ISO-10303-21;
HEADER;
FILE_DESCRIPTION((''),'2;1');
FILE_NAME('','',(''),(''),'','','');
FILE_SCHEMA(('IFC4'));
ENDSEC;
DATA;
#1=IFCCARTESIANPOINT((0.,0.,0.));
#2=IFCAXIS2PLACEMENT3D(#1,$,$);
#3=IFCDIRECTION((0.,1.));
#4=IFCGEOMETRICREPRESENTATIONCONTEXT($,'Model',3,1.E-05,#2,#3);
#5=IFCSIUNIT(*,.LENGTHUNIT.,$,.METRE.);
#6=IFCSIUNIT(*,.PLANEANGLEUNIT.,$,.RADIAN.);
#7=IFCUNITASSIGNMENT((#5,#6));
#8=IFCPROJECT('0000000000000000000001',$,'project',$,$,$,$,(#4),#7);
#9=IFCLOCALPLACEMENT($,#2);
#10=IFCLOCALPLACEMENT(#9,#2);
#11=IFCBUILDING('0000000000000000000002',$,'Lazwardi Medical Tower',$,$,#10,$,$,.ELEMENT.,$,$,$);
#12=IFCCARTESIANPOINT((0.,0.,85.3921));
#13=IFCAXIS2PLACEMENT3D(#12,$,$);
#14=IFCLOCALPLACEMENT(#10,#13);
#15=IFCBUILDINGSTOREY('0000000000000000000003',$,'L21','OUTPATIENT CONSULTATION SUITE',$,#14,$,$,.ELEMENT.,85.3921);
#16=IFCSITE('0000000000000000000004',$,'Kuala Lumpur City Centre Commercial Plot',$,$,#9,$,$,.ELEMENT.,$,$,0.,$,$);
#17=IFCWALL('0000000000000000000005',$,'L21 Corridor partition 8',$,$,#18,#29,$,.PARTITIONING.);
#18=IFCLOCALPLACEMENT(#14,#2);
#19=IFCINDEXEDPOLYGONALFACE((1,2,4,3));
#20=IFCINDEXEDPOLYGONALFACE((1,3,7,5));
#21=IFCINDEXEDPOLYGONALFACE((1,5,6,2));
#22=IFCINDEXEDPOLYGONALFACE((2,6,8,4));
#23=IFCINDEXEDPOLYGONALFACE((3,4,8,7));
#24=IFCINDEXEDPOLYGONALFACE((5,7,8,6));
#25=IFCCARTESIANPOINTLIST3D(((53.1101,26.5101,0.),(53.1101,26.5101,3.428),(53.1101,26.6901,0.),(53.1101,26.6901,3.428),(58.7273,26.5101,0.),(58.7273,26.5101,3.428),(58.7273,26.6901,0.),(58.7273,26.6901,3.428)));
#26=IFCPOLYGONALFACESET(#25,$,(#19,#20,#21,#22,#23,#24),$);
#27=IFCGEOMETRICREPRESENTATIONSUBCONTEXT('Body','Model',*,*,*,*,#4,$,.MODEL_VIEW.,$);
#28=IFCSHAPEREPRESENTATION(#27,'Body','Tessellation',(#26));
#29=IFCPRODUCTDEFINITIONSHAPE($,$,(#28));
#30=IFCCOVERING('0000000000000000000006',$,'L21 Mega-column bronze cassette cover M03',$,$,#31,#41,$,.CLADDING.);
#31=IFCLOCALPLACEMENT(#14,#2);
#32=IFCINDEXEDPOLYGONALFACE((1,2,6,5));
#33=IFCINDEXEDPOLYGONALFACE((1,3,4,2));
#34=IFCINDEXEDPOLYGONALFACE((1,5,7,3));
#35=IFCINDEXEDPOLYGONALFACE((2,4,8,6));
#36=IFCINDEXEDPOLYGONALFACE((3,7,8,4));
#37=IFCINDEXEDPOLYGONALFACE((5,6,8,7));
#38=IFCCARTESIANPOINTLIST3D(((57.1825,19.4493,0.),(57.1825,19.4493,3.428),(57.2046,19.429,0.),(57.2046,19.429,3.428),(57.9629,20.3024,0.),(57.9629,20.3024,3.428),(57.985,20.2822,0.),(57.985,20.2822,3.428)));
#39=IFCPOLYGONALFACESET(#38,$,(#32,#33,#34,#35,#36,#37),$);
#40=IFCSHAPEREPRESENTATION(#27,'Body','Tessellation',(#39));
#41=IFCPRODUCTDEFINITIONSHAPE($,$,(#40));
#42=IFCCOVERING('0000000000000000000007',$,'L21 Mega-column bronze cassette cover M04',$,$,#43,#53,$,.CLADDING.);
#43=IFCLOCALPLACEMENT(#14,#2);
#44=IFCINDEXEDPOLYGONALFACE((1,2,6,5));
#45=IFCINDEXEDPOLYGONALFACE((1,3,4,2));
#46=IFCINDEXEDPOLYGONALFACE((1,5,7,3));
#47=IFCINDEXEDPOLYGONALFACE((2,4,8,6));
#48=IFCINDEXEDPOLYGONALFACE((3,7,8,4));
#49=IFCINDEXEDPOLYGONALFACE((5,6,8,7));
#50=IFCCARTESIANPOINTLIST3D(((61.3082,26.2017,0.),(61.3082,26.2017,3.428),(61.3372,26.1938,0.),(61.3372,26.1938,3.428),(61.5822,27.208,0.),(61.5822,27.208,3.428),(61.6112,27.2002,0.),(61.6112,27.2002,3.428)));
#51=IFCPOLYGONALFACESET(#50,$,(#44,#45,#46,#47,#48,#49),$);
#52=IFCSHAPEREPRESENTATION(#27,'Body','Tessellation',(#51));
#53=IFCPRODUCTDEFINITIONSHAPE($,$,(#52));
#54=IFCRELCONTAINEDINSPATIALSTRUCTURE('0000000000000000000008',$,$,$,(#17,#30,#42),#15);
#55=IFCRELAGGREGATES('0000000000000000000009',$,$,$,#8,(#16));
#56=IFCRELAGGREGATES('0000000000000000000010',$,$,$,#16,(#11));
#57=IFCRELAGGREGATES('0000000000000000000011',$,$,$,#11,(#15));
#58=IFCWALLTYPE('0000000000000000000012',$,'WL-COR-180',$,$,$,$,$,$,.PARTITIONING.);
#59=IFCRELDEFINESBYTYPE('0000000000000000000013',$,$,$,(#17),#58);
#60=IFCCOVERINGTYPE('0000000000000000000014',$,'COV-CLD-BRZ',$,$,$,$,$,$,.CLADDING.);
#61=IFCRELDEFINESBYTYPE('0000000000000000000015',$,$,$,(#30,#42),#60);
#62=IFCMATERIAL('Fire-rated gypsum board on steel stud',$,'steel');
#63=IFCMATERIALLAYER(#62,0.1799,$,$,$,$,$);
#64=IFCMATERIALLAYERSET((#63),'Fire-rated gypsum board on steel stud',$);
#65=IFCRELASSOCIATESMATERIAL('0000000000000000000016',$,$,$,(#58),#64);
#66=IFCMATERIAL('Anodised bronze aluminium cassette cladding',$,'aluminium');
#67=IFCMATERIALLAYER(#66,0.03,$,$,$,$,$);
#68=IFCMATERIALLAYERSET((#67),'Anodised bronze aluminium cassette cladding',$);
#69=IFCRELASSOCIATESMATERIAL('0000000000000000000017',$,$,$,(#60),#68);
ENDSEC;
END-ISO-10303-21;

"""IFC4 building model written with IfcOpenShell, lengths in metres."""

from ifc_helpers import new_model, si_unit, direction, frame, frame_2d, origin, origin_2d, place, context, subcontext, project, spatial, rectangle, extrude, material, layer, layer_set, type_object, element, save


model = new_model("IFC4")

# Units and contexts
model_context = context("Model", 3, precision=1e-05, world=origin(), true_north=direction((0.0, 1.0)))
body_context = subcontext(model_context, "Body", "Model", "MODEL_VIEW")
ifc_project = project(units=[si_unit("LENGTHUNIT", "METRE"), si_unit("PLANEANGLEUNIT", "RADIAN")], contexts=[model_context])

# Site, building, storey
site_placement = place(None, origin())
site = spatial("IfcSite", under=ifc_project, at=site_placement, Name="Kuala Lumpur City Centre Commercial Plot", CompositionType="ELEMENT", RefElevation=0.0)
building_placement = place(site_placement, origin())
building = spatial("IfcBuilding", under=site, at=building_placement, Name="Lazwardi Medical Tower", CompositionType="ELEMENT")
storey_placement = place(building_placement, frame((0.0, 0.0, 85.3921)))
storey = spatial("IfcBuildingStorey", under=building, at=storey_placement, Name="L21", Description="OUTPATIENT CONSULTATION SUITE", CompositionType="ELEMENT", Elevation=85.3921)

# Wall
ifc_material_1 = material(Name="Fire-rated gypsum board on steel stud", Category="steel")
ifc_layer_1 = layer(ifc_material_1, 0.1799)
ifc_layer_set_1 = layer_set([ifc_layer_1], Name="Fire-rated gypsum board on steel stud")
wall_type = type_object("IfcWallType", Name="WL-COR-180", PredefinedType="PARTITIONING", material=ifc_layer_set_1)
wall_placement = place(storey_placement, frame((58.7273, 26.6001, 0.0), z_axis=(0.0, 0.0, 1.0), x_axis=(-1.0, 0.0, 0.0)))
element("IfcWall", 1, at=wall_placement, inside=storey, type_object=wall_type, Name="L21 Corridor partition 8", PredefinedType="PARTITIONING", context=body_context, shape_type="SweptSolid", body=[
    extrude(rectangle(XDim=5.6172, YDim=0.1799, at=frame_2d((2.8086, 0.0))), origin(), (0.0, 0.0, 1.0), 3.428),
])

# Coverings
ifc_material_2 = material(Name="Anodised bronze aluminium cassette cladding", Category="aluminium")
ifc_layer_2 = layer(ifc_material_2, 0.03)
ifc_layer_set_2 = layer_set([ifc_layer_2], Name="Anodised bronze aluminium cassette cladding")
covering_type = type_object("IfcCoveringType", Name="COV-CLD-BRZ", PredefinedType="CLADDING", material=ifc_layer_set_2)
covering_1_placement = place(storey_placement, frame((57.5837, 19.8657, 0.0), z_axis=(0.0, 0.0, 1.0), x_axis=(0.674926, 0.737885, 0.0)))
element("IfcCovering", 2, at=covering_1_placement, inside=storey, type_object=covering_type, Name="L21 Mega-column bronze cassette cover M03", PredefinedType="CLADDING", context=body_context, shape_type="SweptSolid", body=[
    extrude(rectangle(XDim=1.1562, YDim=0.03, at=origin_2d()), origin(), (0.0, 0.0, 1.0), 3.428),
])
covering_2_placement = place(storey_placement, frame((61.4597, 26.7009, 0.0), z_axis=(0.0, 0.0, 1.0), x_axis=(0.262696, 0.964879, 0.0)))
element("IfcCovering", 3, at=covering_2_placement, inside=storey, type_object=covering_type, Name="L21 Mega-column bronze cassette cover M04", PredefinedType="CLADDING", context=body_context, shape_type="SweptSolid", body=[
    extrude(rectangle(XDim=1.043, YDim=0.03, at=origin_2d()), origin(), (0.0, 0.0, 1.0), 3.428),
])

save(model, "model.ifc")
